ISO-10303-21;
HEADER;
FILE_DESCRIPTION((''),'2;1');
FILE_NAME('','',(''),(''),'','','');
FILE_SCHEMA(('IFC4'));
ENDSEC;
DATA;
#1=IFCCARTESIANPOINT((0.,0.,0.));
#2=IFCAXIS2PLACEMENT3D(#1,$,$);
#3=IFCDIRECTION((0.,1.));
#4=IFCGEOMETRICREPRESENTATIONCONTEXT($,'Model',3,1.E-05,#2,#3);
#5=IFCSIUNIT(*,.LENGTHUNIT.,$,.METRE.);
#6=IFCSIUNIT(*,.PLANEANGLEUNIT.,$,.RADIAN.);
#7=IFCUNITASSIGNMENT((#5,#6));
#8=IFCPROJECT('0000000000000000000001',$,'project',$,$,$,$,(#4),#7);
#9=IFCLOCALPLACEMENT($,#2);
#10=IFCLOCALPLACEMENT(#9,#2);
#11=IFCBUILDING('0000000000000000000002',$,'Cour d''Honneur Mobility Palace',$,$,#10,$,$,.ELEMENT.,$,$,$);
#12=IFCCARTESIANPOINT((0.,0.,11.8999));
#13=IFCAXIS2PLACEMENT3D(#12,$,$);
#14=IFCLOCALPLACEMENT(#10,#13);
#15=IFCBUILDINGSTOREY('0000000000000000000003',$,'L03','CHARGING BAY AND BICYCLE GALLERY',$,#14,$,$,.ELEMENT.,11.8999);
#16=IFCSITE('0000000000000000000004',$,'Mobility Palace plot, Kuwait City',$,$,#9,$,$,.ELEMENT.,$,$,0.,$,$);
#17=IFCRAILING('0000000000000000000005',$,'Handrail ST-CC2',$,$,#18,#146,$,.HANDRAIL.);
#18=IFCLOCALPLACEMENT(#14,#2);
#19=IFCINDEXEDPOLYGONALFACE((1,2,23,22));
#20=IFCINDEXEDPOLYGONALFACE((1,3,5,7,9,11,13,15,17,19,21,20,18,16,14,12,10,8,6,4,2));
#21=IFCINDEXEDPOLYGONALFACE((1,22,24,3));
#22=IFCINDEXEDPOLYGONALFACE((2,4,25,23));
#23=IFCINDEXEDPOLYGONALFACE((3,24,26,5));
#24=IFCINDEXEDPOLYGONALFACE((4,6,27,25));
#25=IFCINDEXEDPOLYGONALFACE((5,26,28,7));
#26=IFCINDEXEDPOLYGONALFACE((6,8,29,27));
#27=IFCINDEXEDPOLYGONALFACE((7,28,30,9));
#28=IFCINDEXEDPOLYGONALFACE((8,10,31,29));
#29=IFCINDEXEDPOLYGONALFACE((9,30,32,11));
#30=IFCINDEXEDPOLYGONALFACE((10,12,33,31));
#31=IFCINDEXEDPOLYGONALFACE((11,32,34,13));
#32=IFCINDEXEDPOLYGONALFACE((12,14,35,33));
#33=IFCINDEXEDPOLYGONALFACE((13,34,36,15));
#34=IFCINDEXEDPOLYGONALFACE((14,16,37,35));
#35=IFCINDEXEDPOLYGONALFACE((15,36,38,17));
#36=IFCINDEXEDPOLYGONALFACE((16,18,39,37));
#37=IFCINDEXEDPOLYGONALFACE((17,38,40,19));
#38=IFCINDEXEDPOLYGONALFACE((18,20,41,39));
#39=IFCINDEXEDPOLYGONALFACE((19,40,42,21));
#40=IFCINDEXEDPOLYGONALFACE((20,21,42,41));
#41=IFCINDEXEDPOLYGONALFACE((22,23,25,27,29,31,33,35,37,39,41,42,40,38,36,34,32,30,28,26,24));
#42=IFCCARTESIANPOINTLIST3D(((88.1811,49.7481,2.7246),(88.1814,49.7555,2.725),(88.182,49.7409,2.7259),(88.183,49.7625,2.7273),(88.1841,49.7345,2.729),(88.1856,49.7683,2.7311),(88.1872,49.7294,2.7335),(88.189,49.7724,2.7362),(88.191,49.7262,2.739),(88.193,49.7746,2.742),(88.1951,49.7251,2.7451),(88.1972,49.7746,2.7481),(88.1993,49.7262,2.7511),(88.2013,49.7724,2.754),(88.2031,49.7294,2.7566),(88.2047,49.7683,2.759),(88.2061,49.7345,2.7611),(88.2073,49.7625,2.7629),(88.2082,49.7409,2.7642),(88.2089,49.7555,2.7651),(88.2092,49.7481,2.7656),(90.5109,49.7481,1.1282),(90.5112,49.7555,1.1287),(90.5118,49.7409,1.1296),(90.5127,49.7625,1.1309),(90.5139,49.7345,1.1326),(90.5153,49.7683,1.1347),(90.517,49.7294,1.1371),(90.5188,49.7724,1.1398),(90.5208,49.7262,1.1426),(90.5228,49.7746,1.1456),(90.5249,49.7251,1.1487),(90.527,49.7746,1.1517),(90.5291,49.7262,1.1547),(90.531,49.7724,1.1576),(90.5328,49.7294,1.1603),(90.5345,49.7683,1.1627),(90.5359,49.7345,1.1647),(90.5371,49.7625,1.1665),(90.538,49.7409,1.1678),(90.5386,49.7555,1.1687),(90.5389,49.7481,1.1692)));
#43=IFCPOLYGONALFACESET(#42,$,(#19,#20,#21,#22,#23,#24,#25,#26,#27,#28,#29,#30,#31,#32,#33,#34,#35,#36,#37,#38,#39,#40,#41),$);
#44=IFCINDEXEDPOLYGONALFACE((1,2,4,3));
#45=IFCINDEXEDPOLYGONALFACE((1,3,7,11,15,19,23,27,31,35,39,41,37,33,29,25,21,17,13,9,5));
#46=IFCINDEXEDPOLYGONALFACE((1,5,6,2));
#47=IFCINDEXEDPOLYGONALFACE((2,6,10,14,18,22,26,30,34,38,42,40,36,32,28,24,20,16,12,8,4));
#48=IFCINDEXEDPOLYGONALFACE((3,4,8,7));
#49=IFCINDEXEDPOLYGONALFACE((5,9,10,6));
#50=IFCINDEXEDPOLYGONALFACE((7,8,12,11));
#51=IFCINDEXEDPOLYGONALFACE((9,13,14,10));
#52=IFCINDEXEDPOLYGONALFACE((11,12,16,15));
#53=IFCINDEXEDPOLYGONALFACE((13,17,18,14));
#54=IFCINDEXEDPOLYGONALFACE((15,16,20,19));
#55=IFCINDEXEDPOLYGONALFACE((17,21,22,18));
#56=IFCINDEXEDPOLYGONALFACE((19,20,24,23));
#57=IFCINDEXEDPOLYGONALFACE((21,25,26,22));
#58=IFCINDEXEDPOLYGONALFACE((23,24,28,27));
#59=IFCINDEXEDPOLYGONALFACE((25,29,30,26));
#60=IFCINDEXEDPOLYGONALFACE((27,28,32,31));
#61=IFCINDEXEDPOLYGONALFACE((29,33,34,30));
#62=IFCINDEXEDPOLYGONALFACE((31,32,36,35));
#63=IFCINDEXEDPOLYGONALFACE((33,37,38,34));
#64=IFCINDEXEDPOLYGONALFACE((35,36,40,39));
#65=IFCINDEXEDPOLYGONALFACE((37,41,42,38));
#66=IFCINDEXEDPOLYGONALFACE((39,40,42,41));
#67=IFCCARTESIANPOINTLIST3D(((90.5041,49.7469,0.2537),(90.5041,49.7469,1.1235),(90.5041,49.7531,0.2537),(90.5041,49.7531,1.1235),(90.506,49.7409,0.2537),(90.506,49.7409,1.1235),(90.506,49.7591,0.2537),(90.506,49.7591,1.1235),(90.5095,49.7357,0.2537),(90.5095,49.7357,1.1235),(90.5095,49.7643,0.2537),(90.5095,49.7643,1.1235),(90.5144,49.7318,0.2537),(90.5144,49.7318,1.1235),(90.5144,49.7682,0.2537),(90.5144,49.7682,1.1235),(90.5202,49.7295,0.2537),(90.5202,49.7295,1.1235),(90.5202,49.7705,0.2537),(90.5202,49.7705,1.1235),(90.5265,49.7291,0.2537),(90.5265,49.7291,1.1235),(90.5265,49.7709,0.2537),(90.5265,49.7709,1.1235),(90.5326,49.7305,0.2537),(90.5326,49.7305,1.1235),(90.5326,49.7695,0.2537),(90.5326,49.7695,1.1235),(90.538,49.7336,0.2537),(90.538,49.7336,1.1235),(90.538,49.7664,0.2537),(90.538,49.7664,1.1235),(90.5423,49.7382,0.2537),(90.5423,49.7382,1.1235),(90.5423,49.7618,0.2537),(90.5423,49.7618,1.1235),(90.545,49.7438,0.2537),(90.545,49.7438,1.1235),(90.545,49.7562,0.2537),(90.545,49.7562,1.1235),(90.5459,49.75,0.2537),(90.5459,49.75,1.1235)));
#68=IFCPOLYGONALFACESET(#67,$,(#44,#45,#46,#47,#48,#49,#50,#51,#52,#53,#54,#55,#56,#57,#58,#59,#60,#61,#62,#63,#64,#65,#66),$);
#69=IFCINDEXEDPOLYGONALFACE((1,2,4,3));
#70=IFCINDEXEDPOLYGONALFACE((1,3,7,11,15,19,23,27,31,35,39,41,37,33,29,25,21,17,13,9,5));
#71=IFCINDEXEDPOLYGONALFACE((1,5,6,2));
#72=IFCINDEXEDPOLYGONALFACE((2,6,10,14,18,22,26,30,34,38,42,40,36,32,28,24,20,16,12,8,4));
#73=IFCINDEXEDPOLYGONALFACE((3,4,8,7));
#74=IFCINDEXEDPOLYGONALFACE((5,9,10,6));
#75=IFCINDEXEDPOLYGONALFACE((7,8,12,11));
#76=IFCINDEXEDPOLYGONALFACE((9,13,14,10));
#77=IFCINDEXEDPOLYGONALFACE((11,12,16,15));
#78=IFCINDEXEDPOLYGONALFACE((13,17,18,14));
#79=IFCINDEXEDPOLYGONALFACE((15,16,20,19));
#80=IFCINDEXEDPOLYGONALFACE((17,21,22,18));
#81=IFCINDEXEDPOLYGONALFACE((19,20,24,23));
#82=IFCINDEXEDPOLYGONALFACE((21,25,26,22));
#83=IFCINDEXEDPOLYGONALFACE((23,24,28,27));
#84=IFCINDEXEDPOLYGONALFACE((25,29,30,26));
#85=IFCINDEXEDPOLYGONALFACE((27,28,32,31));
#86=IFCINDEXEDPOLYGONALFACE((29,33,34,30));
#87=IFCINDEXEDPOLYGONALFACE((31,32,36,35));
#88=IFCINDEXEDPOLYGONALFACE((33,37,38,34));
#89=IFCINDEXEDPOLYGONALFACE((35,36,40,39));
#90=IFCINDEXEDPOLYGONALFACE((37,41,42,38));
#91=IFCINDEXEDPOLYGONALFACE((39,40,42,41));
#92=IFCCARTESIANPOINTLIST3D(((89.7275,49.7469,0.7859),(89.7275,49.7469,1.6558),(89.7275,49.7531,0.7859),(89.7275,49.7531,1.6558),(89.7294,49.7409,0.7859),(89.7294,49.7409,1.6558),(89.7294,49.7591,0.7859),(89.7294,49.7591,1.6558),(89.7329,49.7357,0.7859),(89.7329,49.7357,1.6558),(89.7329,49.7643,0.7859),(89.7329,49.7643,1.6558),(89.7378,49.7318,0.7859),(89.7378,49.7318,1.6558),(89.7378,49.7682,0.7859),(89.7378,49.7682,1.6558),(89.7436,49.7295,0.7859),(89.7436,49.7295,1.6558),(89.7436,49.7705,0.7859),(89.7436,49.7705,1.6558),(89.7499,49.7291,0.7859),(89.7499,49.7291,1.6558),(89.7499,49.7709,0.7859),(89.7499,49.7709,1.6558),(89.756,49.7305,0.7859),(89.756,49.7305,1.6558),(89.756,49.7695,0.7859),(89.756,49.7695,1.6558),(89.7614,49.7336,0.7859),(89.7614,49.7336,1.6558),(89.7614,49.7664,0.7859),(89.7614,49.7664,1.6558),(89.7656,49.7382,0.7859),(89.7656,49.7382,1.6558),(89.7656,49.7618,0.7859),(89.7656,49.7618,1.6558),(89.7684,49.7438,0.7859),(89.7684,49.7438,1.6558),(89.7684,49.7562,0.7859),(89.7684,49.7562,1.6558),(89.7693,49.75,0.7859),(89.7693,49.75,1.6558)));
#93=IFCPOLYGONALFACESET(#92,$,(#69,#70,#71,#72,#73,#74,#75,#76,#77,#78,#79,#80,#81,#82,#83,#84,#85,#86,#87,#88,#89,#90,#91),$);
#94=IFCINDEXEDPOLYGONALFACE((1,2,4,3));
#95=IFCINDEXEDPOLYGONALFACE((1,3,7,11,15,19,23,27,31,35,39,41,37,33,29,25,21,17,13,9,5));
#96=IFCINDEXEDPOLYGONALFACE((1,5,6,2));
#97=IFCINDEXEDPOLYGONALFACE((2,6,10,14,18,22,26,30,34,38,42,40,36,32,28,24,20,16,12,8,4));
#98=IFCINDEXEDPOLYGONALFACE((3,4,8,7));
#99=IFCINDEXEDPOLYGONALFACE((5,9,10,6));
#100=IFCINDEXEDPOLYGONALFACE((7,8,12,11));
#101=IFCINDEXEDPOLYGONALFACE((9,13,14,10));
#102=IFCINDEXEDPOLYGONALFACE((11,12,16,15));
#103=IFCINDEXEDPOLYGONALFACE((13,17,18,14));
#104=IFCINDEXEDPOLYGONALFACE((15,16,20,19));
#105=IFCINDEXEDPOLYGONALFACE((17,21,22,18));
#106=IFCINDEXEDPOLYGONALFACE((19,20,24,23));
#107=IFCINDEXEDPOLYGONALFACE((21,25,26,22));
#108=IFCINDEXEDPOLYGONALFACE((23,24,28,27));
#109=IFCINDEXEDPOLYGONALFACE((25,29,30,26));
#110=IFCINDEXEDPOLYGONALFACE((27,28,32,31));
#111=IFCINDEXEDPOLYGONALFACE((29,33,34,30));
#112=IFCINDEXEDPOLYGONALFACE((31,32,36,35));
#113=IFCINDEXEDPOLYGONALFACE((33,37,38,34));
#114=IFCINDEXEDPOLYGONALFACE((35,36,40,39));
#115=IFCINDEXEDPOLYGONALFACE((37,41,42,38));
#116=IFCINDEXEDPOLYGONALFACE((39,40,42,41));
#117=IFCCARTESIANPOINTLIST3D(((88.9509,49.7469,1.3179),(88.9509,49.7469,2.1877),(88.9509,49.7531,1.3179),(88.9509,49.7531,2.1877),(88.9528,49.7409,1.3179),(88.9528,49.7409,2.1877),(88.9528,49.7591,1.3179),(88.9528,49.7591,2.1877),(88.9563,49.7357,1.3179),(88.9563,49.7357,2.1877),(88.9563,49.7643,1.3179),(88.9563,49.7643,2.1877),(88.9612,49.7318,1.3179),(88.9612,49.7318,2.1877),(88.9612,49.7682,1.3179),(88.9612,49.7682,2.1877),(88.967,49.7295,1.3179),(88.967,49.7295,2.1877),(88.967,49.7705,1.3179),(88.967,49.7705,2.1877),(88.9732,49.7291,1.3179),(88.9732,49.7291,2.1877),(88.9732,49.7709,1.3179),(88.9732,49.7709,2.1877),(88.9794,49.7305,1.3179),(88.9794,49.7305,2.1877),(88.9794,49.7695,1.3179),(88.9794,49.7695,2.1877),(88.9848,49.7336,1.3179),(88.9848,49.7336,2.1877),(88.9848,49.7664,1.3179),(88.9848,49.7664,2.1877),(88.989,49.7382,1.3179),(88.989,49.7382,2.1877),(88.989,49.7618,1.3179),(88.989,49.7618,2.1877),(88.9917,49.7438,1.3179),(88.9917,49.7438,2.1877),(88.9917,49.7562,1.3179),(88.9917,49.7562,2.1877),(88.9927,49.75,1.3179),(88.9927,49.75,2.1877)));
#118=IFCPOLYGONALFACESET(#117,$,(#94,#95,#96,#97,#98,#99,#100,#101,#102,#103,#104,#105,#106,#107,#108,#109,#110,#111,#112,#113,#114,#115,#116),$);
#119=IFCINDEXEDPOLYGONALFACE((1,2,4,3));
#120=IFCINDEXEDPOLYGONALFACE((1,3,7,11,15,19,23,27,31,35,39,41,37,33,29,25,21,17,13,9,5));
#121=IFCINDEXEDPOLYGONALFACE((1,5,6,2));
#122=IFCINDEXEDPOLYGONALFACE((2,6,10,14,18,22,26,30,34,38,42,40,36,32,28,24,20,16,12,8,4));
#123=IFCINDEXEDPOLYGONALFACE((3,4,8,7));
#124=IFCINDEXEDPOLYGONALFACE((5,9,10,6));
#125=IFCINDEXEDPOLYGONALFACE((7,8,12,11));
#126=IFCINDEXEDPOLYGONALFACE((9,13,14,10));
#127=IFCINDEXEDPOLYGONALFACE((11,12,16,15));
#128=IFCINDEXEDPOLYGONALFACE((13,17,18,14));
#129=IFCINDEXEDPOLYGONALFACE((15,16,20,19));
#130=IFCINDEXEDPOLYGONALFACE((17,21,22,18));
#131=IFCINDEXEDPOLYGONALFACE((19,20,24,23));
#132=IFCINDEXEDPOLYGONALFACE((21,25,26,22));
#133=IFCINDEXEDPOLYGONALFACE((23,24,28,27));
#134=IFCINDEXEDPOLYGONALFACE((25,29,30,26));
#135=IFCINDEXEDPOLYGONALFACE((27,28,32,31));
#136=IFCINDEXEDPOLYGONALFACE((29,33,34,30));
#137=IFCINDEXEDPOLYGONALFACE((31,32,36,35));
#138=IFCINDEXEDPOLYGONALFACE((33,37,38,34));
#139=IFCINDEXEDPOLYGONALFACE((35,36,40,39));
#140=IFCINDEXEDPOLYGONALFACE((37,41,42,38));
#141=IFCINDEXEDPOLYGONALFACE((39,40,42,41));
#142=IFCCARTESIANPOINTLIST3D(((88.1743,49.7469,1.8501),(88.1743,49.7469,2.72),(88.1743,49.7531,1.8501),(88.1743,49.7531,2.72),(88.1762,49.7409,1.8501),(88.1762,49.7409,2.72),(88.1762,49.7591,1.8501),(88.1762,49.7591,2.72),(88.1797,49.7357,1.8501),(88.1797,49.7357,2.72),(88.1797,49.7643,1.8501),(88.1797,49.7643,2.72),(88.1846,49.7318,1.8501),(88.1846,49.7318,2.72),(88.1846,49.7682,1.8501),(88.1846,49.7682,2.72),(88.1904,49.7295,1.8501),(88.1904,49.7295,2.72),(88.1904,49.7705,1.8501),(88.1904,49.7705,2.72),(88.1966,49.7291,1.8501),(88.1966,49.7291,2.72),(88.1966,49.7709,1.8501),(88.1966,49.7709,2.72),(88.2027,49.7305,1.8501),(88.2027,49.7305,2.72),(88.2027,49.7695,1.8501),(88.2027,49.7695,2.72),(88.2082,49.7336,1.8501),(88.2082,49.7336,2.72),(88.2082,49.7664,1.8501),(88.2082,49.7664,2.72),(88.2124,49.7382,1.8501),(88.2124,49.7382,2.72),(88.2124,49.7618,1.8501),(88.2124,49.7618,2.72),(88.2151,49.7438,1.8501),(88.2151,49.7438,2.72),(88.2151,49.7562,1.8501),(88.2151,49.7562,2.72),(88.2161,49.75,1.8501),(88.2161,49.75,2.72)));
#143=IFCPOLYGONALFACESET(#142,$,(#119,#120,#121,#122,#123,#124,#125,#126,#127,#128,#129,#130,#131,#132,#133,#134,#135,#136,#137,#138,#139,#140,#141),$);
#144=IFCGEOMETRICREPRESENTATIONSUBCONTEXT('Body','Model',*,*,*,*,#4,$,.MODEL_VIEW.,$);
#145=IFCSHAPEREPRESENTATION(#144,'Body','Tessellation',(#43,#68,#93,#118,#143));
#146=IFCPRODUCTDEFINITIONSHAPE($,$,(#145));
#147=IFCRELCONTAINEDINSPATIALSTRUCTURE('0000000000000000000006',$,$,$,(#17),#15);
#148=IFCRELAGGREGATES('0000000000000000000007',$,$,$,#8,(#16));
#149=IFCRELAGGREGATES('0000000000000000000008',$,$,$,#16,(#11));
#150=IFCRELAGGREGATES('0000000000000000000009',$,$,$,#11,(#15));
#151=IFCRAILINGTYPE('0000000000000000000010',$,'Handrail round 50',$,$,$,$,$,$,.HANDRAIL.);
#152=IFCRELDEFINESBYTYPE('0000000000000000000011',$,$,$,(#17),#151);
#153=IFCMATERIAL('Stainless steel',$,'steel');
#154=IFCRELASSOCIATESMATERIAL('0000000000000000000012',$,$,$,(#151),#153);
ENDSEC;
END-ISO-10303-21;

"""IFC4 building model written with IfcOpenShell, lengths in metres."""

from ifc_helpers import new_model, si_unit, direction, frame, origin, origin_2d, place, context, subcontext, project, spatial, circle, extrude, material, type_object, element, save


model = new_model("IFC4")

# Units and contexts
model_context = context("Model", 3, precision=1e-05, world=origin(), true_north=direction((0.0, 1.0)))
body_context = subcontext(model_context, "Body", "Model", "MODEL_VIEW")
ifc_project = project(units=[si_unit("LENGTHUNIT", "METRE"), si_unit("PLANEANGLEUNIT", "RADIAN")], contexts=[model_context])

# Site, building, storey
site_placement = place(None, origin())
site = spatial("IfcSite", under=ifc_project, at=site_placement, Name="Mobility Palace plot, Kuwait City", CompositionType="ELEMENT", RefElevation=0.0)
building_placement = place(site_placement, origin())
building = spatial("IfcBuilding", under=site, at=building_placement, Name="Cour d'Honneur Mobility Palace", CompositionType="ELEMENT")
storey_placement = place(building_placement, frame((0.0, 0.0, 11.8999)))
storey = spatial("IfcBuildingStorey", under=building, at=storey_placement, Name="L03", Description="CHARGING BAY AND BICYCLE GALLERY", CompositionType="ELEMENT", Elevation=11.8999)

# Railing
ifc_material_1 = material(Name="Stainless steel", Category="steel")
railing_type_1 = type_object("IfcRailingType", Name="Handrail round 50", PredefinedType="HANDRAIL", material=ifc_material_1)
railing_1_placement = place(storey_placement, frame((90.5249, 49.75, 0.2537)))
element("IfcRailing", 1, at=railing_1_placement, inside=storey, type_object=railing_type_1, Name="Handrail ST-CC2", PredefinedType="HANDRAIL", context=body_context, shape_type="SweptSolid", body=[
    extrude(circle(Radius=0.0249, at=origin_2d()), frame((0.0, 0.0, 0.895), z_axis=(-0.824921, 0.0, 0.565248), x_axis=(0.0, -1.0, 0.0)), (0.0, 0.0, 1.0), 2.8242),
    extrude(circle(Radius=0.021, at=origin_2d()), origin(), (0.0, 0.0, 1.0), 0.8699),
    extrude(circle(Radius=0.021, at=origin_2d()), frame((-0.7766, 0.0, 0.5322)), (0.0, 0.0, 1.0), 0.8699),
    extrude(circle(Radius=0.021, at=origin_2d()), frame((-1.5532, 0.0, 1.0642)), (0.0, 0.0, 1.0), 0.8699),
    extrude(circle(Radius=0.021, at=origin_2d()), frame((-2.3298, 0.0, 1.5964)), (0.0, 0.0, 1.0), 0.8699),
])

save(model, "model.ifc")
